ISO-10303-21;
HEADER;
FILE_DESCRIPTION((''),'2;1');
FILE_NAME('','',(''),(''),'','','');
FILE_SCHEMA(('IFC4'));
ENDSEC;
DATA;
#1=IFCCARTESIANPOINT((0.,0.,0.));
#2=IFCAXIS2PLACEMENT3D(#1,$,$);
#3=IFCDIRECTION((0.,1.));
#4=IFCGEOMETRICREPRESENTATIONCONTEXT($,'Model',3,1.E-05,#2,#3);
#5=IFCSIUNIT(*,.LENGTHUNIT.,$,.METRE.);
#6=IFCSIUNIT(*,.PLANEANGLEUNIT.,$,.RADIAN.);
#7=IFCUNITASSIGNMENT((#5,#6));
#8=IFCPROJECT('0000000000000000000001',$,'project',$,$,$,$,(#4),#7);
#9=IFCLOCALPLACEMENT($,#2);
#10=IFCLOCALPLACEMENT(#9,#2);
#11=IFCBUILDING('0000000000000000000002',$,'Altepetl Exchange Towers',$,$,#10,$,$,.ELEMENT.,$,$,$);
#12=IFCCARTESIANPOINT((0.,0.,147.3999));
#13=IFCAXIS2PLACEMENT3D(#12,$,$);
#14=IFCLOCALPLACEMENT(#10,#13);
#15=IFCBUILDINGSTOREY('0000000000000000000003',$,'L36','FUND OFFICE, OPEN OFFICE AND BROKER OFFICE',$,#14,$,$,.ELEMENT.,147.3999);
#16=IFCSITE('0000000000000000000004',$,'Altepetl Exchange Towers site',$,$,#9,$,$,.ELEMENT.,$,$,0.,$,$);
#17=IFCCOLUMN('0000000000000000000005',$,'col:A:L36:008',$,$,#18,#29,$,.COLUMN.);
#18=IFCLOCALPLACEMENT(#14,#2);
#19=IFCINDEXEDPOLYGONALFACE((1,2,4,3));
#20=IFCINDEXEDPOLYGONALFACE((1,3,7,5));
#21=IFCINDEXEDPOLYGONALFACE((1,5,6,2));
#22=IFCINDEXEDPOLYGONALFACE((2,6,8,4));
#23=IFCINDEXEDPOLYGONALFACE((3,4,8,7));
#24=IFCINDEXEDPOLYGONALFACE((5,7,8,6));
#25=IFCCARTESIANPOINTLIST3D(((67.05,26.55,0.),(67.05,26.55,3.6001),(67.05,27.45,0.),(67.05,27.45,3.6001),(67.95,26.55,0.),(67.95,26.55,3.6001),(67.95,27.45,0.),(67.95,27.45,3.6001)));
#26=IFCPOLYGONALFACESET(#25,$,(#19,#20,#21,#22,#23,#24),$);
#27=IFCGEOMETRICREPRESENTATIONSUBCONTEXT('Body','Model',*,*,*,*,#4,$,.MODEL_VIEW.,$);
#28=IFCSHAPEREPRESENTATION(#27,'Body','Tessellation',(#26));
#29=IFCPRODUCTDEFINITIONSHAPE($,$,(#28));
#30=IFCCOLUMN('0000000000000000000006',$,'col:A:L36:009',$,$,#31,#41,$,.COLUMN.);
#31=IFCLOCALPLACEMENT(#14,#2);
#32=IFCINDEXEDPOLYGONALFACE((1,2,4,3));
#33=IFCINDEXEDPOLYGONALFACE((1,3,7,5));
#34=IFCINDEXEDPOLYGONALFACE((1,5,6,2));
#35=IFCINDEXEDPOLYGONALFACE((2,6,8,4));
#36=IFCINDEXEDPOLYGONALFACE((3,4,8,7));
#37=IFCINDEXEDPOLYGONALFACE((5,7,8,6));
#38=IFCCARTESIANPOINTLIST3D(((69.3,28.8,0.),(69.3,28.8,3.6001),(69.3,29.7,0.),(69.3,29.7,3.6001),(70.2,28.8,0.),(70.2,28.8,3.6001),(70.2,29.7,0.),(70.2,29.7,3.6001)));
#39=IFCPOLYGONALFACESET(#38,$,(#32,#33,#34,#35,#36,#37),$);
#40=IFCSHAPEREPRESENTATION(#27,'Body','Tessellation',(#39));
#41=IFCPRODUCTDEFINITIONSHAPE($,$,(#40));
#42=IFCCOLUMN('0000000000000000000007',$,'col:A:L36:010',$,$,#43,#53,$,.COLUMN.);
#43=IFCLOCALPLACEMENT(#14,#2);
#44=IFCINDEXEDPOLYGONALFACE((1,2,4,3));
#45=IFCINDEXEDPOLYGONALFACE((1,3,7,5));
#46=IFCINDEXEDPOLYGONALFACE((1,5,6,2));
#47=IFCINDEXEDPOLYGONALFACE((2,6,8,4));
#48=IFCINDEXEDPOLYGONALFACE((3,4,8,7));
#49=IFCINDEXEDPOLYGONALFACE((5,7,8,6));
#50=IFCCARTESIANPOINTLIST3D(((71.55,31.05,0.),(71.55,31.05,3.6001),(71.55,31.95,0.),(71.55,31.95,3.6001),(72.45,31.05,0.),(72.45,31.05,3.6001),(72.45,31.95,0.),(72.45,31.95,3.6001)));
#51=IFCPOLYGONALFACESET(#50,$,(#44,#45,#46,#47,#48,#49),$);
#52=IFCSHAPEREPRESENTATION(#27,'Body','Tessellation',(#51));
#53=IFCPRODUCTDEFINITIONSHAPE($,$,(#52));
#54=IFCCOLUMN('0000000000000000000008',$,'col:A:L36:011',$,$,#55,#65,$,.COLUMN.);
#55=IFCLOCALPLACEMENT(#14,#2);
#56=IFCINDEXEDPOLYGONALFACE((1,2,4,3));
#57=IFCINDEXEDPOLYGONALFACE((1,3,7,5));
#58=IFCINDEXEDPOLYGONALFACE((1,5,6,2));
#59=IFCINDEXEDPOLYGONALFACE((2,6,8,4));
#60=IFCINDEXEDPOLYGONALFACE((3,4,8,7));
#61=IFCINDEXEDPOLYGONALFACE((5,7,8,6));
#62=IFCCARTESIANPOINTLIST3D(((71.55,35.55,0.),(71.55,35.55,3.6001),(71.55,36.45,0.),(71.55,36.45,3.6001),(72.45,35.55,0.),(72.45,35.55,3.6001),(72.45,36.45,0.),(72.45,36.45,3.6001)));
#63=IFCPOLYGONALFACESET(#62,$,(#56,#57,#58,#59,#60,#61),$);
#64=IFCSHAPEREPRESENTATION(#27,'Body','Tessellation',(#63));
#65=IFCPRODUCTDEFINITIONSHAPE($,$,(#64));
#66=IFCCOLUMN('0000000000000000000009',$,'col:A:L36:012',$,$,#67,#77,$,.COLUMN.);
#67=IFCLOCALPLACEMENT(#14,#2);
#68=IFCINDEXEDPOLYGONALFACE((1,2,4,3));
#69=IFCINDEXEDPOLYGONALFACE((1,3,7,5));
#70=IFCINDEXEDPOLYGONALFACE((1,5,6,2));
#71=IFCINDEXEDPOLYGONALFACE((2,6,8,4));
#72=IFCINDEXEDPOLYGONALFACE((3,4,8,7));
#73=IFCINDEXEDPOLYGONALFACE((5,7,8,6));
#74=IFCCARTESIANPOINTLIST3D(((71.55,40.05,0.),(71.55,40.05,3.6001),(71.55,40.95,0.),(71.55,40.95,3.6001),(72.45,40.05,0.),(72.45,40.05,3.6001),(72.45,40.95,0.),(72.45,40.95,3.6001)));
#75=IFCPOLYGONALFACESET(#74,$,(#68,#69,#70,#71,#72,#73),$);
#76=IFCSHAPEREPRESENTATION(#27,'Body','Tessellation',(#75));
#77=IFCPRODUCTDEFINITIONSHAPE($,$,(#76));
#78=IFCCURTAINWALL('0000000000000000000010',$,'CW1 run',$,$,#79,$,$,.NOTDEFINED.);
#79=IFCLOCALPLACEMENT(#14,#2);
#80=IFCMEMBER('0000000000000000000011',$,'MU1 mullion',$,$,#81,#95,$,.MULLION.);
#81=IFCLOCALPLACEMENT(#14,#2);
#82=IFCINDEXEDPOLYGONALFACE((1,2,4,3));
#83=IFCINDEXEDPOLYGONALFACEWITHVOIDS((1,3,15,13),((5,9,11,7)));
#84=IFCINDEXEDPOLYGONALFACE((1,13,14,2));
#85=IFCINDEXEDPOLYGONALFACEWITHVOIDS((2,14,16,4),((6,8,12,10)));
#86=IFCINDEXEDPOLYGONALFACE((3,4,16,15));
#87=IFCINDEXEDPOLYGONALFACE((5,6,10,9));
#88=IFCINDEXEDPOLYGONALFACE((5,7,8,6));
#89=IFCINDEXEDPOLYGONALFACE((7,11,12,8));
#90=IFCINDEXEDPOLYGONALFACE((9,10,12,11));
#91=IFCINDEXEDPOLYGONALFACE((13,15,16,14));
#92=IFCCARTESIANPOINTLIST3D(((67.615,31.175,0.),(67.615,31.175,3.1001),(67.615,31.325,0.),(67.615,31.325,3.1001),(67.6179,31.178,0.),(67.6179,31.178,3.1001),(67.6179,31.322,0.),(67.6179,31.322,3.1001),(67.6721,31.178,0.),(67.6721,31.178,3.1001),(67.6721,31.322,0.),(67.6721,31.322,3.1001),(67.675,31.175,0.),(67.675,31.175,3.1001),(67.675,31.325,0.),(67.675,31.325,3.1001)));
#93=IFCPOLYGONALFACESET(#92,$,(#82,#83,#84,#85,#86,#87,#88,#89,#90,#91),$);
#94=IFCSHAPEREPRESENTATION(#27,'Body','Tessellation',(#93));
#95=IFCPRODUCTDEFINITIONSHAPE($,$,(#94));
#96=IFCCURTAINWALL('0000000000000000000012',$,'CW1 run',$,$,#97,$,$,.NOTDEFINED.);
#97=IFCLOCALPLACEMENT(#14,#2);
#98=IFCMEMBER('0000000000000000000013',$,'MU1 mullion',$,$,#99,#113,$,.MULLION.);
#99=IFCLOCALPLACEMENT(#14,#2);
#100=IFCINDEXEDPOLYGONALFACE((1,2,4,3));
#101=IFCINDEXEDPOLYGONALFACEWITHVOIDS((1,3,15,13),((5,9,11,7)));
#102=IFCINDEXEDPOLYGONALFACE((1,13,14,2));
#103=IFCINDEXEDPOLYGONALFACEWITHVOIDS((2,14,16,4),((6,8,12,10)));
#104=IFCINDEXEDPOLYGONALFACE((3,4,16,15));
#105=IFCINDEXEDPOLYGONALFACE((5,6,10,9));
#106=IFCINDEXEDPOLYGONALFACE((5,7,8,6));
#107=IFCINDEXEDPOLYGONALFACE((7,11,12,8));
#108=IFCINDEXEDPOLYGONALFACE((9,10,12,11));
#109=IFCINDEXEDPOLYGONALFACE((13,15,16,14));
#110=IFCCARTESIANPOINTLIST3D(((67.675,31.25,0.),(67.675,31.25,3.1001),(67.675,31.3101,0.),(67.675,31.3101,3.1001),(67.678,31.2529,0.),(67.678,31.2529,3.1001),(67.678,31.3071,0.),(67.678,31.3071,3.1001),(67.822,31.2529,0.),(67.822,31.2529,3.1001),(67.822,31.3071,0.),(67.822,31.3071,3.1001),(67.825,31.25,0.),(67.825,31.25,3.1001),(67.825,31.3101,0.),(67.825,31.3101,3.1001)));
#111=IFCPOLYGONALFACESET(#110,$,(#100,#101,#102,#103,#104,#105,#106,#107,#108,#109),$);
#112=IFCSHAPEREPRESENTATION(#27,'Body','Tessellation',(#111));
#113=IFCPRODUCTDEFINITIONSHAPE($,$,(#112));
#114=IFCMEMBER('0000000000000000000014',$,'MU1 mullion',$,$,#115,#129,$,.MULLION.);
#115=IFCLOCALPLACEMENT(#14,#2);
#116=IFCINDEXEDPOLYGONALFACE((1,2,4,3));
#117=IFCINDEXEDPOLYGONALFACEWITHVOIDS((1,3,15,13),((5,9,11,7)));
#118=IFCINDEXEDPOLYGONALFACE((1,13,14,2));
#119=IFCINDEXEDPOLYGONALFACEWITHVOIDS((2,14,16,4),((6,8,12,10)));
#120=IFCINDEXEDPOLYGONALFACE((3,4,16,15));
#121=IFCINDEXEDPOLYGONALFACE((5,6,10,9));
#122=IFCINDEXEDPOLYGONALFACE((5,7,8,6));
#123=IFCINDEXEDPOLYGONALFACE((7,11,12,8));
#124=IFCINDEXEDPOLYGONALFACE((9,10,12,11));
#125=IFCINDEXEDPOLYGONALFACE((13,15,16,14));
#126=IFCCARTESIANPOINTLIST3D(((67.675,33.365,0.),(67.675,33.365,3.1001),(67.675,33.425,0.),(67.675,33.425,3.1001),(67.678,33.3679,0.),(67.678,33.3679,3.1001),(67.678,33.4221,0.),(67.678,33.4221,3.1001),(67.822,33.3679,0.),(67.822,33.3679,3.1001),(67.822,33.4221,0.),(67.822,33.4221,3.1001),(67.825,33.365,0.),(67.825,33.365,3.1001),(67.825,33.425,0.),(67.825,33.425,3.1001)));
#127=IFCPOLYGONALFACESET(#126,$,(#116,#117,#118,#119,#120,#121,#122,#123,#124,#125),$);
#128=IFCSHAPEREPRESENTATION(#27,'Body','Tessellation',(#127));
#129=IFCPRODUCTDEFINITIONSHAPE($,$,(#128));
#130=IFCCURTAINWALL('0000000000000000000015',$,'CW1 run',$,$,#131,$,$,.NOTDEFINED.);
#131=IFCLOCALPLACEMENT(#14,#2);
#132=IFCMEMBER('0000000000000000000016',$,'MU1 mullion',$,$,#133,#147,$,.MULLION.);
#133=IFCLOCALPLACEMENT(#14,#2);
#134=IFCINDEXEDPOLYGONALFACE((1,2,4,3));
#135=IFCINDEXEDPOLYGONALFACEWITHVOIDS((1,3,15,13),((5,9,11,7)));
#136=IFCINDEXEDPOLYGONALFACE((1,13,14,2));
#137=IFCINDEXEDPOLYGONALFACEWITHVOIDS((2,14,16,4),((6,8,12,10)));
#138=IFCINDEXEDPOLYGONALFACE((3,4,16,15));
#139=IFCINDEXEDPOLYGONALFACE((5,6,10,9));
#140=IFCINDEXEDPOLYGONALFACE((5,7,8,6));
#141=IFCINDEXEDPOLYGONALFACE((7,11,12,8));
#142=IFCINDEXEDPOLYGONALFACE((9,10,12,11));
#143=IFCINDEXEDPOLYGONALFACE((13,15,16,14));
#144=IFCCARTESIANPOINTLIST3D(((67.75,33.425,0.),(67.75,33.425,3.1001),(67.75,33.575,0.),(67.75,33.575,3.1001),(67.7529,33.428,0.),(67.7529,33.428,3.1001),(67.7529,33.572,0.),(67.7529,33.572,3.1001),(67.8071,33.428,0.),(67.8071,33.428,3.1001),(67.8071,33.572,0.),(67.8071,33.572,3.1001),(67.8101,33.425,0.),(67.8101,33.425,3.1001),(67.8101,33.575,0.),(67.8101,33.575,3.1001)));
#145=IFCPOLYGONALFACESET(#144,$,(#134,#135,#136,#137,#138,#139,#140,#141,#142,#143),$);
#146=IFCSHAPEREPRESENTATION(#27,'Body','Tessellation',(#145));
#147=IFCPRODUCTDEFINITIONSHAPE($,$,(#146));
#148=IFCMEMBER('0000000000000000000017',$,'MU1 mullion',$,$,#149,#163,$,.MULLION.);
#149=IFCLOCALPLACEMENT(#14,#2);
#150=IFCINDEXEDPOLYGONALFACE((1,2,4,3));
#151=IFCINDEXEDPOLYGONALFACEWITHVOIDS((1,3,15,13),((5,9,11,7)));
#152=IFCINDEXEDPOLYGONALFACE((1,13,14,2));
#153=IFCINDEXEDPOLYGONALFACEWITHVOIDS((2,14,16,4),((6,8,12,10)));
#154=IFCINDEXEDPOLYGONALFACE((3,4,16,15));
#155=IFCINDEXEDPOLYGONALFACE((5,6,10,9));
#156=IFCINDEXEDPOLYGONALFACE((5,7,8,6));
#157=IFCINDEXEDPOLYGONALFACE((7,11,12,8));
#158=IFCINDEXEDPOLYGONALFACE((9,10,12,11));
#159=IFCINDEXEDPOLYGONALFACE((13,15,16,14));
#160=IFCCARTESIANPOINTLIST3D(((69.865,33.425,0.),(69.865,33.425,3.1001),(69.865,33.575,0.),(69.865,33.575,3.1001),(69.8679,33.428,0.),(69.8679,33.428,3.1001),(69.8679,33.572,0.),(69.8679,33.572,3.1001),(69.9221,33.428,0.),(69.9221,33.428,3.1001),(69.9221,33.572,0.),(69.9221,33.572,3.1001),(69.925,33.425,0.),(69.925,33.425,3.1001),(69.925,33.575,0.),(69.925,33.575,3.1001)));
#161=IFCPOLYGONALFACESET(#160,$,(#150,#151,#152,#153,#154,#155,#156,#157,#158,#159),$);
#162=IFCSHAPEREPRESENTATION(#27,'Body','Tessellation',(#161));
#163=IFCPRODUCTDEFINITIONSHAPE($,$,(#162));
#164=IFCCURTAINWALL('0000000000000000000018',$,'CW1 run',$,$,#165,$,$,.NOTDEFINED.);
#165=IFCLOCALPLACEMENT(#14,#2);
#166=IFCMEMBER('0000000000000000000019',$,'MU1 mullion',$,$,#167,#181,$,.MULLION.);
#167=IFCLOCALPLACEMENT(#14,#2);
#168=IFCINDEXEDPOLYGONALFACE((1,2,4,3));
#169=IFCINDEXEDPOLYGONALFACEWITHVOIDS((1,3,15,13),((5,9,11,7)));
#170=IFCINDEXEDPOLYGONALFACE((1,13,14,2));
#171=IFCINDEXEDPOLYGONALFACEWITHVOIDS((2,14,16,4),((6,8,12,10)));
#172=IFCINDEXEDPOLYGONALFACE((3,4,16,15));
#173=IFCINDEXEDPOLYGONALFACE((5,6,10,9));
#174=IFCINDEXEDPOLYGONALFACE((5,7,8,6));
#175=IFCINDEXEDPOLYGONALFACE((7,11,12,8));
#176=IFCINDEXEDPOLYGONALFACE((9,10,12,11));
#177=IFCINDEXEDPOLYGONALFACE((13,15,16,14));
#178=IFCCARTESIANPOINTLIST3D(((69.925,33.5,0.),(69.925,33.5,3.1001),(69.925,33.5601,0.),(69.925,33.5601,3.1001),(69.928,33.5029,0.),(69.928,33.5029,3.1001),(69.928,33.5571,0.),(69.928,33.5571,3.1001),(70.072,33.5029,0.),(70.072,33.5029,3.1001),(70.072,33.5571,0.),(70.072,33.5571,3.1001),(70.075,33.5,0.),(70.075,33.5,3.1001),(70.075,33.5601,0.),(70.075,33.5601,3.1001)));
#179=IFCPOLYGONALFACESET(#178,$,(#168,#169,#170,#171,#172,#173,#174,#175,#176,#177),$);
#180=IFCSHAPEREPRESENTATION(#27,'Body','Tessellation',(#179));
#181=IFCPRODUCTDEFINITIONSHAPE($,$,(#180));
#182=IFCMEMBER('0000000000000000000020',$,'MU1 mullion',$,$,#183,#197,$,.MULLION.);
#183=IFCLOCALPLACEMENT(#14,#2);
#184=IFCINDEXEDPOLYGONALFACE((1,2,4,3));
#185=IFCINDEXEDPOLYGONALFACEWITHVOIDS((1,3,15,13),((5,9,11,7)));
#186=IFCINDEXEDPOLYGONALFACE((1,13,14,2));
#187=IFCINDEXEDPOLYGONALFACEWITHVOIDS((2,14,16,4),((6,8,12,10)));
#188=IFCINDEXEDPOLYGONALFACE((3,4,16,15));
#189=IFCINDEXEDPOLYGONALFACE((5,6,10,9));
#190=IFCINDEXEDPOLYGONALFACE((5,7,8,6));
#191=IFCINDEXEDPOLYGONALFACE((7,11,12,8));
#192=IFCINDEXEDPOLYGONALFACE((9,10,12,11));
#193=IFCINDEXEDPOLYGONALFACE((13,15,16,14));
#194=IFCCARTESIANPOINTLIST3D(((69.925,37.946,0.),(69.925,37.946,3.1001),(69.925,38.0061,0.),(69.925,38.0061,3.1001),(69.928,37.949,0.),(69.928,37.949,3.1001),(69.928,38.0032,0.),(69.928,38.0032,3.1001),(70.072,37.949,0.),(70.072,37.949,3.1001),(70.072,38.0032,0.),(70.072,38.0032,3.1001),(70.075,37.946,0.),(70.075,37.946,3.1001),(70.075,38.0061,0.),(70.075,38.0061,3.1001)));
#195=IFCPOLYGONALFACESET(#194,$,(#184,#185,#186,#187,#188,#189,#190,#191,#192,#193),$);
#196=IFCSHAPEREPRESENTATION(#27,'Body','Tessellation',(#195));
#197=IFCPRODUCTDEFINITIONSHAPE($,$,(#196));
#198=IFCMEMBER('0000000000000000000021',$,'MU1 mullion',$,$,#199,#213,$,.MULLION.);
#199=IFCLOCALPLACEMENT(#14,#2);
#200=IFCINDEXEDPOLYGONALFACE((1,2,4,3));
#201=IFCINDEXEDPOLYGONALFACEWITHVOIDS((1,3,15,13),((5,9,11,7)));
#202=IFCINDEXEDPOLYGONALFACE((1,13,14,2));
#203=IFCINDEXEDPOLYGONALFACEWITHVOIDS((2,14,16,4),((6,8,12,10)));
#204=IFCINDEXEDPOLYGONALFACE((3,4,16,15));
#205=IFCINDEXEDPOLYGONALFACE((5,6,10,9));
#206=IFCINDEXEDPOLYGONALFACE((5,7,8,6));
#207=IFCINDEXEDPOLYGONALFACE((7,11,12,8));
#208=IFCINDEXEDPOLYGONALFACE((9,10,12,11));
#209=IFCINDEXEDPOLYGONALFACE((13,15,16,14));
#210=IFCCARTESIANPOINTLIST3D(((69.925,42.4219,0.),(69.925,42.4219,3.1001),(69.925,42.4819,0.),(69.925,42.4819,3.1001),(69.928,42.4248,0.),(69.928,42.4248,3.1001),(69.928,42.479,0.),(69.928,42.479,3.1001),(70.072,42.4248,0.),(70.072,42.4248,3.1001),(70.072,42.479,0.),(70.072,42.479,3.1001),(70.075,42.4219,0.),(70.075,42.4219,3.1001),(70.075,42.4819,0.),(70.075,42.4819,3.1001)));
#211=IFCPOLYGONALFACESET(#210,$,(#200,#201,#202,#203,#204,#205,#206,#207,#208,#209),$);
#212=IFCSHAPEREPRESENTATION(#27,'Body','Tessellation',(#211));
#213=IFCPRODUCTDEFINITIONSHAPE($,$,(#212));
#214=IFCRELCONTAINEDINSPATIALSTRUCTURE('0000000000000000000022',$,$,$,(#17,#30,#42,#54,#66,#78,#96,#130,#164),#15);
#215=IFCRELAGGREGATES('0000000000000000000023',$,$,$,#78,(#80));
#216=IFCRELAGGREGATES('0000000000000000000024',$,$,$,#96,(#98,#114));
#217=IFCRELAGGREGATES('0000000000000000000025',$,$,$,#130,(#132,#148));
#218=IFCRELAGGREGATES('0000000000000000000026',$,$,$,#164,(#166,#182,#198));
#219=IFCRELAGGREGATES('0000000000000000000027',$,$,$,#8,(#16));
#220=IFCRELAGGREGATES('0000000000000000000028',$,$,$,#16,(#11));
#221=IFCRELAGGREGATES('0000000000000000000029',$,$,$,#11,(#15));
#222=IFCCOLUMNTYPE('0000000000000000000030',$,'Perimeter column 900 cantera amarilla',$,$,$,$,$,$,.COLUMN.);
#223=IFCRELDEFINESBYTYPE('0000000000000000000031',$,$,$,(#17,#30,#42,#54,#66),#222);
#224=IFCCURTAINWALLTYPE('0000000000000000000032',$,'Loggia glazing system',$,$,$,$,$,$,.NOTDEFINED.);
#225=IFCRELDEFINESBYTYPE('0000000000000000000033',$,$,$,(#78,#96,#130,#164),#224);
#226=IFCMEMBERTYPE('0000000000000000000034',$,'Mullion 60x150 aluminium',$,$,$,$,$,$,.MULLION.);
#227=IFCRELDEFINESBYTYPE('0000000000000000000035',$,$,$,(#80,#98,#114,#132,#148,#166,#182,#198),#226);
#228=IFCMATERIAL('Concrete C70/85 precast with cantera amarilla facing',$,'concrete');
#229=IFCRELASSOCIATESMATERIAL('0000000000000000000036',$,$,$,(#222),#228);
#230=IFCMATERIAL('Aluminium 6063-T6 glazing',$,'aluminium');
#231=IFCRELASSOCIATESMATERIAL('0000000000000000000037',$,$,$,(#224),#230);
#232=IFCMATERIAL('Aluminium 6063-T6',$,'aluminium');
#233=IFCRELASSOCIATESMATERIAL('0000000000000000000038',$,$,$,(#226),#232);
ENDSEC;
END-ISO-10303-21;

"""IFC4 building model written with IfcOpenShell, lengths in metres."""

from ifc_helpers import new_model, si_unit, direction, frame, origin, origin_2d, place, context, subcontext, project, spatial, rectangle, hollow_rectangle, extrude, material, material_profile, profile_set, type_object, element, aggregate, save


model = new_model("IFC4")

# Units and contexts
model_context = context("Model", 3, precision=1e-05, world=origin(), true_north=direction((0.0, 1.0)))
body_context = subcontext(model_context, "Body", "Model", "MODEL_VIEW")
ifc_project = project(units=[si_unit("LENGTHUNIT", "METRE"), si_unit("PLANEANGLEUNIT", "RADIAN")], contexts=[model_context])

# Site, building, storey
site_placement = place(None, origin())
site = spatial("IfcSite", under=ifc_project, at=site_placement, Name="Altepetl Exchange Towers site", CompositionType="ELEMENT", RefElevation=0.0)
building_placement = place(site_placement, origin())
building = spatial("IfcBuilding", under=site, at=building_placement, Name="Altepetl Exchange Towers", CompositionType="ELEMENT")
storey_placement = place(building_placement, frame((0.0, 0.0, 147.3999)))
storey = spatial("IfcBuildingStorey", under=building, at=storey_placement, Name="L36", Description="FUND OFFICE, OPEN OFFICE AND BROKER OFFICE", CompositionType="ELEMENT", Elevation=147.3999)

# Columns
ifc_material_1 = material(Name="Concrete C70/85 precast with cantera amarilla facing", Category="concrete")
ifc_material_profile_1 = material_profile(ifc_material_1, rectangle(XDim=0.8999, YDim=0.8999, at=origin_2d()), Name="900 x 900")
ifc_profile_set_1 = profile_set([ifc_material_profile_1], Name="Concrete C70/85 precast with cantera amarilla facing")
column_type = type_object("IfcColumnType", Name="Perimeter column 900 cantera amarilla", PredefinedType="COLUMN", material=ifc_profile_set_1)
for number, where, name in (
    (1, (67.5, 27.0, 0.0), "col:A:L36:008"),
    (2, (69.75, 29.25, 0.0), "col:A:L36:009"),
    (3, (72.0, 31.5, 0.0), "col:A:L36:010"),
    (4, (72.0, 36.0, 0.0), "col:A:L36:011"),
    (5, (72.0, 40.5, 0.0), "col:A:L36:012"),
):
    element("IfcColumn", number, at=place(storey_placement, frame(where)), inside=storey, type_object=column_type, Name=name, PredefinedType="COLUMN", context=body_context, shape_type="SweptSolid", body=[
        extrude(rectangle(XDim=0.8999, YDim=0.8999, at=origin_2d()), origin(), (0.0, 0.0, 1.0), 3.6001),
    ])

# Curtain wall, member
ifc_material_2 = material(Name="Aluminium 6063-T6 glazing", Category="aluminium")
curtain_wall_type = type_object("IfcCurtainWallType", Name="Loggia glazing system", PredefinedType="NOTDEFINED", material=ifc_material_2)
curtain_wall_1_placement = place(storey_placement, origin())
curtain_wall_1 = element("IfcCurtainWall", 6, at=curtain_wall_1_placement, inside=storey, type_object=curtain_wall_type, Name="CW1 run", PredefinedType="NOTDEFINED")
ifc_material_3 = material(Name="Aluminium 6063-T6", Category="aluminium")
ifc_material_profile_2 = material_profile(ifc_material_3, hollow_rectangle(XDim=0.0601, YDim=0.1499, WallThickness=0.0029, at=origin_2d()), Name="Mullion 60x150 aluminium")
ifc_profile_set_2 = profile_set([ifc_material_profile_2], Name="Aluminium 6063-T6")
member_type = type_object("IfcMemberType", Name="Mullion 60x150 aluminium", PredefinedType="MULLION", material=ifc_profile_set_2)
member_1_placement = place(storey_placement, frame((67.645, 31.25, 0.0)))
member_1 = element("IfcMember", 7, at=member_1_placement, type_object=member_type, Name="MU1 mullion", PredefinedType="MULLION", context=body_context, shape_type="SweptSolid", body=[
    extrude(hollow_rectangle(XDim=0.0601, YDim=0.1499, WallThickness=0.0029, at=origin_2d()), origin(), (0.0, 0.0, 1.0), 3.1001),
])

# Curtain walls, members
curtain_wall_2_placement = place(storey_placement, origin())
curtain_wall_2 = element("IfcCurtainWall", 8, at=curtain_wall_2_placement, inside=storey, type_object=curtain_wall_type, Name="CW1 run", PredefinedType="NOTDEFINED")
member_2_placement = place(storey_placement, frame((67.75, 31.28, 0.0), z_axis=(0.0, 0.0, 1.0), x_axis=(0.0, 1.0, 0.0)))
member_2 = element("IfcMember", 9, at=member_2_placement, type_object=member_type, Name="MU1 mullion", PredefinedType="MULLION", context=body_context, shape_type="SweptSolid", body=[
    extrude(hollow_rectangle(XDim=0.0601, YDim=0.1499, WallThickness=0.0029, at=origin_2d()), origin(), (0.0, 0.0, 1.0), 3.1001),
])
member_3_placement = place(storey_placement, frame((67.75, 33.395, 0.0), z_axis=(0.0, 0.0, 1.0), x_axis=(0.0, 1.0, 0.0)))
member_3 = element("IfcMember", 10, at=member_3_placement, type_object=member_type, Name="MU1 mullion", PredefinedType="MULLION", context=body_context, shape_type="SweptSolid", body=[
    extrude(hollow_rectangle(XDim=0.0601, YDim=0.1499, WallThickness=0.0029, at=origin_2d()), origin(), (0.0, 0.0, 1.0), 3.1001),
])
curtain_wall_3_placement = place(storey_placement, origin())
curtain_wall_3 = element("IfcCurtainWall", 11, at=curtain_wall_3_placement, inside=storey, type_object=curtain_wall_type, Name="CW1 run", PredefinedType="NOTDEFINED")
member_4_placement = place(storey_placement, frame((67.78, 33.5, 0.0)))
member_4 = element("IfcMember", 12, at=member_4_placement, type_object=member_type, Name="MU1 mullion", PredefinedType="MULLION", context=body_context, shape_type="SweptSolid", body=[
    extrude(hollow_rectangle(XDim=0.0601, YDim=0.1499, WallThickness=0.0029, at=origin_2d()), origin(), (0.0, 0.0, 1.0), 3.1001),
])
member_5_placement = place(storey_placement, frame((69.895, 33.5, 0.0)))
member_5 = element("IfcMember", 13, at=member_5_placement, type_object=member_type, Name="MU1 mullion", PredefinedType="MULLION", context=body_context, shape_type="SweptSolid", body=[
    extrude(hollow_rectangle(XDim=0.0601, YDim=0.1499, WallThickness=0.0029, at=origin_2d()), origin(), (0.0, 0.0, 1.0), 3.1001),
])
curtain_wall_4_placement = place(storey_placement, origin())
curtain_wall_4 = element("IfcCurtainWall", 14, at=curtain_wall_4_placement, inside=storey, type_object=curtain_wall_type, Name="CW1 run", PredefinedType="NOTDEFINED")
member_6_placement = place(storey_placement, frame((70.0, 33.53, 0.0), z_axis=(0.0, 0.0, 1.0), x_axis=(0.0, 1.0, 0.0)))
member_6 = element("IfcMember", 15, at=member_6_placement, type_object=member_type, Name="MU1 mullion", PredefinedType="MULLION", context=body_context, shape_type="SweptSolid", body=[
    extrude(hollow_rectangle(XDim=0.0601, YDim=0.1499, WallThickness=0.0029, at=origin_2d()), origin(), (0.0, 0.0, 1.0), 3.1001),
])
member_7_placement = place(storey_placement, frame((70.0, 37.9761, 0.0), z_axis=(0.0, 0.0, 1.0), x_axis=(0.0, 1.0, 0.0)))
member_7 = element("IfcMember", 16, at=member_7_placement, type_object=member_type, Name="MU1 mullion", PredefinedType="MULLION", context=body_context, shape_type="SweptSolid", body=[
    extrude(hollow_rectangle(XDim=0.0601, YDim=0.1499, WallThickness=0.0029, at=origin_2d()), origin(), (0.0, 0.0, 1.0), 3.1001),
])
member_8_placement = place(storey_placement, frame((70.0, 42.4519, 0.0), z_axis=(0.0, 0.0, 1.0), x_axis=(0.0, 1.0, 0.0)))
member_8 = element("IfcMember", 17, at=member_8_placement, type_object=member_type, Name="MU1 mullion", PredefinedType="MULLION", context=body_context, shape_type="SweptSolid", body=[
    extrude(hollow_rectangle(XDim=0.0601, YDim=0.1499, WallThickness=0.0029, at=origin_2d()), origin(), (0.0, 0.0, 1.0), 3.1001),
])

aggregate(curtain_wall_1, [member_1])
aggregate(curtain_wall_2, [member_2, member_3])
aggregate(curtain_wall_3, [member_4, member_5])
aggregate(curtain_wall_4, [member_6, member_7, member_8])

save(model, "model.ifc")
